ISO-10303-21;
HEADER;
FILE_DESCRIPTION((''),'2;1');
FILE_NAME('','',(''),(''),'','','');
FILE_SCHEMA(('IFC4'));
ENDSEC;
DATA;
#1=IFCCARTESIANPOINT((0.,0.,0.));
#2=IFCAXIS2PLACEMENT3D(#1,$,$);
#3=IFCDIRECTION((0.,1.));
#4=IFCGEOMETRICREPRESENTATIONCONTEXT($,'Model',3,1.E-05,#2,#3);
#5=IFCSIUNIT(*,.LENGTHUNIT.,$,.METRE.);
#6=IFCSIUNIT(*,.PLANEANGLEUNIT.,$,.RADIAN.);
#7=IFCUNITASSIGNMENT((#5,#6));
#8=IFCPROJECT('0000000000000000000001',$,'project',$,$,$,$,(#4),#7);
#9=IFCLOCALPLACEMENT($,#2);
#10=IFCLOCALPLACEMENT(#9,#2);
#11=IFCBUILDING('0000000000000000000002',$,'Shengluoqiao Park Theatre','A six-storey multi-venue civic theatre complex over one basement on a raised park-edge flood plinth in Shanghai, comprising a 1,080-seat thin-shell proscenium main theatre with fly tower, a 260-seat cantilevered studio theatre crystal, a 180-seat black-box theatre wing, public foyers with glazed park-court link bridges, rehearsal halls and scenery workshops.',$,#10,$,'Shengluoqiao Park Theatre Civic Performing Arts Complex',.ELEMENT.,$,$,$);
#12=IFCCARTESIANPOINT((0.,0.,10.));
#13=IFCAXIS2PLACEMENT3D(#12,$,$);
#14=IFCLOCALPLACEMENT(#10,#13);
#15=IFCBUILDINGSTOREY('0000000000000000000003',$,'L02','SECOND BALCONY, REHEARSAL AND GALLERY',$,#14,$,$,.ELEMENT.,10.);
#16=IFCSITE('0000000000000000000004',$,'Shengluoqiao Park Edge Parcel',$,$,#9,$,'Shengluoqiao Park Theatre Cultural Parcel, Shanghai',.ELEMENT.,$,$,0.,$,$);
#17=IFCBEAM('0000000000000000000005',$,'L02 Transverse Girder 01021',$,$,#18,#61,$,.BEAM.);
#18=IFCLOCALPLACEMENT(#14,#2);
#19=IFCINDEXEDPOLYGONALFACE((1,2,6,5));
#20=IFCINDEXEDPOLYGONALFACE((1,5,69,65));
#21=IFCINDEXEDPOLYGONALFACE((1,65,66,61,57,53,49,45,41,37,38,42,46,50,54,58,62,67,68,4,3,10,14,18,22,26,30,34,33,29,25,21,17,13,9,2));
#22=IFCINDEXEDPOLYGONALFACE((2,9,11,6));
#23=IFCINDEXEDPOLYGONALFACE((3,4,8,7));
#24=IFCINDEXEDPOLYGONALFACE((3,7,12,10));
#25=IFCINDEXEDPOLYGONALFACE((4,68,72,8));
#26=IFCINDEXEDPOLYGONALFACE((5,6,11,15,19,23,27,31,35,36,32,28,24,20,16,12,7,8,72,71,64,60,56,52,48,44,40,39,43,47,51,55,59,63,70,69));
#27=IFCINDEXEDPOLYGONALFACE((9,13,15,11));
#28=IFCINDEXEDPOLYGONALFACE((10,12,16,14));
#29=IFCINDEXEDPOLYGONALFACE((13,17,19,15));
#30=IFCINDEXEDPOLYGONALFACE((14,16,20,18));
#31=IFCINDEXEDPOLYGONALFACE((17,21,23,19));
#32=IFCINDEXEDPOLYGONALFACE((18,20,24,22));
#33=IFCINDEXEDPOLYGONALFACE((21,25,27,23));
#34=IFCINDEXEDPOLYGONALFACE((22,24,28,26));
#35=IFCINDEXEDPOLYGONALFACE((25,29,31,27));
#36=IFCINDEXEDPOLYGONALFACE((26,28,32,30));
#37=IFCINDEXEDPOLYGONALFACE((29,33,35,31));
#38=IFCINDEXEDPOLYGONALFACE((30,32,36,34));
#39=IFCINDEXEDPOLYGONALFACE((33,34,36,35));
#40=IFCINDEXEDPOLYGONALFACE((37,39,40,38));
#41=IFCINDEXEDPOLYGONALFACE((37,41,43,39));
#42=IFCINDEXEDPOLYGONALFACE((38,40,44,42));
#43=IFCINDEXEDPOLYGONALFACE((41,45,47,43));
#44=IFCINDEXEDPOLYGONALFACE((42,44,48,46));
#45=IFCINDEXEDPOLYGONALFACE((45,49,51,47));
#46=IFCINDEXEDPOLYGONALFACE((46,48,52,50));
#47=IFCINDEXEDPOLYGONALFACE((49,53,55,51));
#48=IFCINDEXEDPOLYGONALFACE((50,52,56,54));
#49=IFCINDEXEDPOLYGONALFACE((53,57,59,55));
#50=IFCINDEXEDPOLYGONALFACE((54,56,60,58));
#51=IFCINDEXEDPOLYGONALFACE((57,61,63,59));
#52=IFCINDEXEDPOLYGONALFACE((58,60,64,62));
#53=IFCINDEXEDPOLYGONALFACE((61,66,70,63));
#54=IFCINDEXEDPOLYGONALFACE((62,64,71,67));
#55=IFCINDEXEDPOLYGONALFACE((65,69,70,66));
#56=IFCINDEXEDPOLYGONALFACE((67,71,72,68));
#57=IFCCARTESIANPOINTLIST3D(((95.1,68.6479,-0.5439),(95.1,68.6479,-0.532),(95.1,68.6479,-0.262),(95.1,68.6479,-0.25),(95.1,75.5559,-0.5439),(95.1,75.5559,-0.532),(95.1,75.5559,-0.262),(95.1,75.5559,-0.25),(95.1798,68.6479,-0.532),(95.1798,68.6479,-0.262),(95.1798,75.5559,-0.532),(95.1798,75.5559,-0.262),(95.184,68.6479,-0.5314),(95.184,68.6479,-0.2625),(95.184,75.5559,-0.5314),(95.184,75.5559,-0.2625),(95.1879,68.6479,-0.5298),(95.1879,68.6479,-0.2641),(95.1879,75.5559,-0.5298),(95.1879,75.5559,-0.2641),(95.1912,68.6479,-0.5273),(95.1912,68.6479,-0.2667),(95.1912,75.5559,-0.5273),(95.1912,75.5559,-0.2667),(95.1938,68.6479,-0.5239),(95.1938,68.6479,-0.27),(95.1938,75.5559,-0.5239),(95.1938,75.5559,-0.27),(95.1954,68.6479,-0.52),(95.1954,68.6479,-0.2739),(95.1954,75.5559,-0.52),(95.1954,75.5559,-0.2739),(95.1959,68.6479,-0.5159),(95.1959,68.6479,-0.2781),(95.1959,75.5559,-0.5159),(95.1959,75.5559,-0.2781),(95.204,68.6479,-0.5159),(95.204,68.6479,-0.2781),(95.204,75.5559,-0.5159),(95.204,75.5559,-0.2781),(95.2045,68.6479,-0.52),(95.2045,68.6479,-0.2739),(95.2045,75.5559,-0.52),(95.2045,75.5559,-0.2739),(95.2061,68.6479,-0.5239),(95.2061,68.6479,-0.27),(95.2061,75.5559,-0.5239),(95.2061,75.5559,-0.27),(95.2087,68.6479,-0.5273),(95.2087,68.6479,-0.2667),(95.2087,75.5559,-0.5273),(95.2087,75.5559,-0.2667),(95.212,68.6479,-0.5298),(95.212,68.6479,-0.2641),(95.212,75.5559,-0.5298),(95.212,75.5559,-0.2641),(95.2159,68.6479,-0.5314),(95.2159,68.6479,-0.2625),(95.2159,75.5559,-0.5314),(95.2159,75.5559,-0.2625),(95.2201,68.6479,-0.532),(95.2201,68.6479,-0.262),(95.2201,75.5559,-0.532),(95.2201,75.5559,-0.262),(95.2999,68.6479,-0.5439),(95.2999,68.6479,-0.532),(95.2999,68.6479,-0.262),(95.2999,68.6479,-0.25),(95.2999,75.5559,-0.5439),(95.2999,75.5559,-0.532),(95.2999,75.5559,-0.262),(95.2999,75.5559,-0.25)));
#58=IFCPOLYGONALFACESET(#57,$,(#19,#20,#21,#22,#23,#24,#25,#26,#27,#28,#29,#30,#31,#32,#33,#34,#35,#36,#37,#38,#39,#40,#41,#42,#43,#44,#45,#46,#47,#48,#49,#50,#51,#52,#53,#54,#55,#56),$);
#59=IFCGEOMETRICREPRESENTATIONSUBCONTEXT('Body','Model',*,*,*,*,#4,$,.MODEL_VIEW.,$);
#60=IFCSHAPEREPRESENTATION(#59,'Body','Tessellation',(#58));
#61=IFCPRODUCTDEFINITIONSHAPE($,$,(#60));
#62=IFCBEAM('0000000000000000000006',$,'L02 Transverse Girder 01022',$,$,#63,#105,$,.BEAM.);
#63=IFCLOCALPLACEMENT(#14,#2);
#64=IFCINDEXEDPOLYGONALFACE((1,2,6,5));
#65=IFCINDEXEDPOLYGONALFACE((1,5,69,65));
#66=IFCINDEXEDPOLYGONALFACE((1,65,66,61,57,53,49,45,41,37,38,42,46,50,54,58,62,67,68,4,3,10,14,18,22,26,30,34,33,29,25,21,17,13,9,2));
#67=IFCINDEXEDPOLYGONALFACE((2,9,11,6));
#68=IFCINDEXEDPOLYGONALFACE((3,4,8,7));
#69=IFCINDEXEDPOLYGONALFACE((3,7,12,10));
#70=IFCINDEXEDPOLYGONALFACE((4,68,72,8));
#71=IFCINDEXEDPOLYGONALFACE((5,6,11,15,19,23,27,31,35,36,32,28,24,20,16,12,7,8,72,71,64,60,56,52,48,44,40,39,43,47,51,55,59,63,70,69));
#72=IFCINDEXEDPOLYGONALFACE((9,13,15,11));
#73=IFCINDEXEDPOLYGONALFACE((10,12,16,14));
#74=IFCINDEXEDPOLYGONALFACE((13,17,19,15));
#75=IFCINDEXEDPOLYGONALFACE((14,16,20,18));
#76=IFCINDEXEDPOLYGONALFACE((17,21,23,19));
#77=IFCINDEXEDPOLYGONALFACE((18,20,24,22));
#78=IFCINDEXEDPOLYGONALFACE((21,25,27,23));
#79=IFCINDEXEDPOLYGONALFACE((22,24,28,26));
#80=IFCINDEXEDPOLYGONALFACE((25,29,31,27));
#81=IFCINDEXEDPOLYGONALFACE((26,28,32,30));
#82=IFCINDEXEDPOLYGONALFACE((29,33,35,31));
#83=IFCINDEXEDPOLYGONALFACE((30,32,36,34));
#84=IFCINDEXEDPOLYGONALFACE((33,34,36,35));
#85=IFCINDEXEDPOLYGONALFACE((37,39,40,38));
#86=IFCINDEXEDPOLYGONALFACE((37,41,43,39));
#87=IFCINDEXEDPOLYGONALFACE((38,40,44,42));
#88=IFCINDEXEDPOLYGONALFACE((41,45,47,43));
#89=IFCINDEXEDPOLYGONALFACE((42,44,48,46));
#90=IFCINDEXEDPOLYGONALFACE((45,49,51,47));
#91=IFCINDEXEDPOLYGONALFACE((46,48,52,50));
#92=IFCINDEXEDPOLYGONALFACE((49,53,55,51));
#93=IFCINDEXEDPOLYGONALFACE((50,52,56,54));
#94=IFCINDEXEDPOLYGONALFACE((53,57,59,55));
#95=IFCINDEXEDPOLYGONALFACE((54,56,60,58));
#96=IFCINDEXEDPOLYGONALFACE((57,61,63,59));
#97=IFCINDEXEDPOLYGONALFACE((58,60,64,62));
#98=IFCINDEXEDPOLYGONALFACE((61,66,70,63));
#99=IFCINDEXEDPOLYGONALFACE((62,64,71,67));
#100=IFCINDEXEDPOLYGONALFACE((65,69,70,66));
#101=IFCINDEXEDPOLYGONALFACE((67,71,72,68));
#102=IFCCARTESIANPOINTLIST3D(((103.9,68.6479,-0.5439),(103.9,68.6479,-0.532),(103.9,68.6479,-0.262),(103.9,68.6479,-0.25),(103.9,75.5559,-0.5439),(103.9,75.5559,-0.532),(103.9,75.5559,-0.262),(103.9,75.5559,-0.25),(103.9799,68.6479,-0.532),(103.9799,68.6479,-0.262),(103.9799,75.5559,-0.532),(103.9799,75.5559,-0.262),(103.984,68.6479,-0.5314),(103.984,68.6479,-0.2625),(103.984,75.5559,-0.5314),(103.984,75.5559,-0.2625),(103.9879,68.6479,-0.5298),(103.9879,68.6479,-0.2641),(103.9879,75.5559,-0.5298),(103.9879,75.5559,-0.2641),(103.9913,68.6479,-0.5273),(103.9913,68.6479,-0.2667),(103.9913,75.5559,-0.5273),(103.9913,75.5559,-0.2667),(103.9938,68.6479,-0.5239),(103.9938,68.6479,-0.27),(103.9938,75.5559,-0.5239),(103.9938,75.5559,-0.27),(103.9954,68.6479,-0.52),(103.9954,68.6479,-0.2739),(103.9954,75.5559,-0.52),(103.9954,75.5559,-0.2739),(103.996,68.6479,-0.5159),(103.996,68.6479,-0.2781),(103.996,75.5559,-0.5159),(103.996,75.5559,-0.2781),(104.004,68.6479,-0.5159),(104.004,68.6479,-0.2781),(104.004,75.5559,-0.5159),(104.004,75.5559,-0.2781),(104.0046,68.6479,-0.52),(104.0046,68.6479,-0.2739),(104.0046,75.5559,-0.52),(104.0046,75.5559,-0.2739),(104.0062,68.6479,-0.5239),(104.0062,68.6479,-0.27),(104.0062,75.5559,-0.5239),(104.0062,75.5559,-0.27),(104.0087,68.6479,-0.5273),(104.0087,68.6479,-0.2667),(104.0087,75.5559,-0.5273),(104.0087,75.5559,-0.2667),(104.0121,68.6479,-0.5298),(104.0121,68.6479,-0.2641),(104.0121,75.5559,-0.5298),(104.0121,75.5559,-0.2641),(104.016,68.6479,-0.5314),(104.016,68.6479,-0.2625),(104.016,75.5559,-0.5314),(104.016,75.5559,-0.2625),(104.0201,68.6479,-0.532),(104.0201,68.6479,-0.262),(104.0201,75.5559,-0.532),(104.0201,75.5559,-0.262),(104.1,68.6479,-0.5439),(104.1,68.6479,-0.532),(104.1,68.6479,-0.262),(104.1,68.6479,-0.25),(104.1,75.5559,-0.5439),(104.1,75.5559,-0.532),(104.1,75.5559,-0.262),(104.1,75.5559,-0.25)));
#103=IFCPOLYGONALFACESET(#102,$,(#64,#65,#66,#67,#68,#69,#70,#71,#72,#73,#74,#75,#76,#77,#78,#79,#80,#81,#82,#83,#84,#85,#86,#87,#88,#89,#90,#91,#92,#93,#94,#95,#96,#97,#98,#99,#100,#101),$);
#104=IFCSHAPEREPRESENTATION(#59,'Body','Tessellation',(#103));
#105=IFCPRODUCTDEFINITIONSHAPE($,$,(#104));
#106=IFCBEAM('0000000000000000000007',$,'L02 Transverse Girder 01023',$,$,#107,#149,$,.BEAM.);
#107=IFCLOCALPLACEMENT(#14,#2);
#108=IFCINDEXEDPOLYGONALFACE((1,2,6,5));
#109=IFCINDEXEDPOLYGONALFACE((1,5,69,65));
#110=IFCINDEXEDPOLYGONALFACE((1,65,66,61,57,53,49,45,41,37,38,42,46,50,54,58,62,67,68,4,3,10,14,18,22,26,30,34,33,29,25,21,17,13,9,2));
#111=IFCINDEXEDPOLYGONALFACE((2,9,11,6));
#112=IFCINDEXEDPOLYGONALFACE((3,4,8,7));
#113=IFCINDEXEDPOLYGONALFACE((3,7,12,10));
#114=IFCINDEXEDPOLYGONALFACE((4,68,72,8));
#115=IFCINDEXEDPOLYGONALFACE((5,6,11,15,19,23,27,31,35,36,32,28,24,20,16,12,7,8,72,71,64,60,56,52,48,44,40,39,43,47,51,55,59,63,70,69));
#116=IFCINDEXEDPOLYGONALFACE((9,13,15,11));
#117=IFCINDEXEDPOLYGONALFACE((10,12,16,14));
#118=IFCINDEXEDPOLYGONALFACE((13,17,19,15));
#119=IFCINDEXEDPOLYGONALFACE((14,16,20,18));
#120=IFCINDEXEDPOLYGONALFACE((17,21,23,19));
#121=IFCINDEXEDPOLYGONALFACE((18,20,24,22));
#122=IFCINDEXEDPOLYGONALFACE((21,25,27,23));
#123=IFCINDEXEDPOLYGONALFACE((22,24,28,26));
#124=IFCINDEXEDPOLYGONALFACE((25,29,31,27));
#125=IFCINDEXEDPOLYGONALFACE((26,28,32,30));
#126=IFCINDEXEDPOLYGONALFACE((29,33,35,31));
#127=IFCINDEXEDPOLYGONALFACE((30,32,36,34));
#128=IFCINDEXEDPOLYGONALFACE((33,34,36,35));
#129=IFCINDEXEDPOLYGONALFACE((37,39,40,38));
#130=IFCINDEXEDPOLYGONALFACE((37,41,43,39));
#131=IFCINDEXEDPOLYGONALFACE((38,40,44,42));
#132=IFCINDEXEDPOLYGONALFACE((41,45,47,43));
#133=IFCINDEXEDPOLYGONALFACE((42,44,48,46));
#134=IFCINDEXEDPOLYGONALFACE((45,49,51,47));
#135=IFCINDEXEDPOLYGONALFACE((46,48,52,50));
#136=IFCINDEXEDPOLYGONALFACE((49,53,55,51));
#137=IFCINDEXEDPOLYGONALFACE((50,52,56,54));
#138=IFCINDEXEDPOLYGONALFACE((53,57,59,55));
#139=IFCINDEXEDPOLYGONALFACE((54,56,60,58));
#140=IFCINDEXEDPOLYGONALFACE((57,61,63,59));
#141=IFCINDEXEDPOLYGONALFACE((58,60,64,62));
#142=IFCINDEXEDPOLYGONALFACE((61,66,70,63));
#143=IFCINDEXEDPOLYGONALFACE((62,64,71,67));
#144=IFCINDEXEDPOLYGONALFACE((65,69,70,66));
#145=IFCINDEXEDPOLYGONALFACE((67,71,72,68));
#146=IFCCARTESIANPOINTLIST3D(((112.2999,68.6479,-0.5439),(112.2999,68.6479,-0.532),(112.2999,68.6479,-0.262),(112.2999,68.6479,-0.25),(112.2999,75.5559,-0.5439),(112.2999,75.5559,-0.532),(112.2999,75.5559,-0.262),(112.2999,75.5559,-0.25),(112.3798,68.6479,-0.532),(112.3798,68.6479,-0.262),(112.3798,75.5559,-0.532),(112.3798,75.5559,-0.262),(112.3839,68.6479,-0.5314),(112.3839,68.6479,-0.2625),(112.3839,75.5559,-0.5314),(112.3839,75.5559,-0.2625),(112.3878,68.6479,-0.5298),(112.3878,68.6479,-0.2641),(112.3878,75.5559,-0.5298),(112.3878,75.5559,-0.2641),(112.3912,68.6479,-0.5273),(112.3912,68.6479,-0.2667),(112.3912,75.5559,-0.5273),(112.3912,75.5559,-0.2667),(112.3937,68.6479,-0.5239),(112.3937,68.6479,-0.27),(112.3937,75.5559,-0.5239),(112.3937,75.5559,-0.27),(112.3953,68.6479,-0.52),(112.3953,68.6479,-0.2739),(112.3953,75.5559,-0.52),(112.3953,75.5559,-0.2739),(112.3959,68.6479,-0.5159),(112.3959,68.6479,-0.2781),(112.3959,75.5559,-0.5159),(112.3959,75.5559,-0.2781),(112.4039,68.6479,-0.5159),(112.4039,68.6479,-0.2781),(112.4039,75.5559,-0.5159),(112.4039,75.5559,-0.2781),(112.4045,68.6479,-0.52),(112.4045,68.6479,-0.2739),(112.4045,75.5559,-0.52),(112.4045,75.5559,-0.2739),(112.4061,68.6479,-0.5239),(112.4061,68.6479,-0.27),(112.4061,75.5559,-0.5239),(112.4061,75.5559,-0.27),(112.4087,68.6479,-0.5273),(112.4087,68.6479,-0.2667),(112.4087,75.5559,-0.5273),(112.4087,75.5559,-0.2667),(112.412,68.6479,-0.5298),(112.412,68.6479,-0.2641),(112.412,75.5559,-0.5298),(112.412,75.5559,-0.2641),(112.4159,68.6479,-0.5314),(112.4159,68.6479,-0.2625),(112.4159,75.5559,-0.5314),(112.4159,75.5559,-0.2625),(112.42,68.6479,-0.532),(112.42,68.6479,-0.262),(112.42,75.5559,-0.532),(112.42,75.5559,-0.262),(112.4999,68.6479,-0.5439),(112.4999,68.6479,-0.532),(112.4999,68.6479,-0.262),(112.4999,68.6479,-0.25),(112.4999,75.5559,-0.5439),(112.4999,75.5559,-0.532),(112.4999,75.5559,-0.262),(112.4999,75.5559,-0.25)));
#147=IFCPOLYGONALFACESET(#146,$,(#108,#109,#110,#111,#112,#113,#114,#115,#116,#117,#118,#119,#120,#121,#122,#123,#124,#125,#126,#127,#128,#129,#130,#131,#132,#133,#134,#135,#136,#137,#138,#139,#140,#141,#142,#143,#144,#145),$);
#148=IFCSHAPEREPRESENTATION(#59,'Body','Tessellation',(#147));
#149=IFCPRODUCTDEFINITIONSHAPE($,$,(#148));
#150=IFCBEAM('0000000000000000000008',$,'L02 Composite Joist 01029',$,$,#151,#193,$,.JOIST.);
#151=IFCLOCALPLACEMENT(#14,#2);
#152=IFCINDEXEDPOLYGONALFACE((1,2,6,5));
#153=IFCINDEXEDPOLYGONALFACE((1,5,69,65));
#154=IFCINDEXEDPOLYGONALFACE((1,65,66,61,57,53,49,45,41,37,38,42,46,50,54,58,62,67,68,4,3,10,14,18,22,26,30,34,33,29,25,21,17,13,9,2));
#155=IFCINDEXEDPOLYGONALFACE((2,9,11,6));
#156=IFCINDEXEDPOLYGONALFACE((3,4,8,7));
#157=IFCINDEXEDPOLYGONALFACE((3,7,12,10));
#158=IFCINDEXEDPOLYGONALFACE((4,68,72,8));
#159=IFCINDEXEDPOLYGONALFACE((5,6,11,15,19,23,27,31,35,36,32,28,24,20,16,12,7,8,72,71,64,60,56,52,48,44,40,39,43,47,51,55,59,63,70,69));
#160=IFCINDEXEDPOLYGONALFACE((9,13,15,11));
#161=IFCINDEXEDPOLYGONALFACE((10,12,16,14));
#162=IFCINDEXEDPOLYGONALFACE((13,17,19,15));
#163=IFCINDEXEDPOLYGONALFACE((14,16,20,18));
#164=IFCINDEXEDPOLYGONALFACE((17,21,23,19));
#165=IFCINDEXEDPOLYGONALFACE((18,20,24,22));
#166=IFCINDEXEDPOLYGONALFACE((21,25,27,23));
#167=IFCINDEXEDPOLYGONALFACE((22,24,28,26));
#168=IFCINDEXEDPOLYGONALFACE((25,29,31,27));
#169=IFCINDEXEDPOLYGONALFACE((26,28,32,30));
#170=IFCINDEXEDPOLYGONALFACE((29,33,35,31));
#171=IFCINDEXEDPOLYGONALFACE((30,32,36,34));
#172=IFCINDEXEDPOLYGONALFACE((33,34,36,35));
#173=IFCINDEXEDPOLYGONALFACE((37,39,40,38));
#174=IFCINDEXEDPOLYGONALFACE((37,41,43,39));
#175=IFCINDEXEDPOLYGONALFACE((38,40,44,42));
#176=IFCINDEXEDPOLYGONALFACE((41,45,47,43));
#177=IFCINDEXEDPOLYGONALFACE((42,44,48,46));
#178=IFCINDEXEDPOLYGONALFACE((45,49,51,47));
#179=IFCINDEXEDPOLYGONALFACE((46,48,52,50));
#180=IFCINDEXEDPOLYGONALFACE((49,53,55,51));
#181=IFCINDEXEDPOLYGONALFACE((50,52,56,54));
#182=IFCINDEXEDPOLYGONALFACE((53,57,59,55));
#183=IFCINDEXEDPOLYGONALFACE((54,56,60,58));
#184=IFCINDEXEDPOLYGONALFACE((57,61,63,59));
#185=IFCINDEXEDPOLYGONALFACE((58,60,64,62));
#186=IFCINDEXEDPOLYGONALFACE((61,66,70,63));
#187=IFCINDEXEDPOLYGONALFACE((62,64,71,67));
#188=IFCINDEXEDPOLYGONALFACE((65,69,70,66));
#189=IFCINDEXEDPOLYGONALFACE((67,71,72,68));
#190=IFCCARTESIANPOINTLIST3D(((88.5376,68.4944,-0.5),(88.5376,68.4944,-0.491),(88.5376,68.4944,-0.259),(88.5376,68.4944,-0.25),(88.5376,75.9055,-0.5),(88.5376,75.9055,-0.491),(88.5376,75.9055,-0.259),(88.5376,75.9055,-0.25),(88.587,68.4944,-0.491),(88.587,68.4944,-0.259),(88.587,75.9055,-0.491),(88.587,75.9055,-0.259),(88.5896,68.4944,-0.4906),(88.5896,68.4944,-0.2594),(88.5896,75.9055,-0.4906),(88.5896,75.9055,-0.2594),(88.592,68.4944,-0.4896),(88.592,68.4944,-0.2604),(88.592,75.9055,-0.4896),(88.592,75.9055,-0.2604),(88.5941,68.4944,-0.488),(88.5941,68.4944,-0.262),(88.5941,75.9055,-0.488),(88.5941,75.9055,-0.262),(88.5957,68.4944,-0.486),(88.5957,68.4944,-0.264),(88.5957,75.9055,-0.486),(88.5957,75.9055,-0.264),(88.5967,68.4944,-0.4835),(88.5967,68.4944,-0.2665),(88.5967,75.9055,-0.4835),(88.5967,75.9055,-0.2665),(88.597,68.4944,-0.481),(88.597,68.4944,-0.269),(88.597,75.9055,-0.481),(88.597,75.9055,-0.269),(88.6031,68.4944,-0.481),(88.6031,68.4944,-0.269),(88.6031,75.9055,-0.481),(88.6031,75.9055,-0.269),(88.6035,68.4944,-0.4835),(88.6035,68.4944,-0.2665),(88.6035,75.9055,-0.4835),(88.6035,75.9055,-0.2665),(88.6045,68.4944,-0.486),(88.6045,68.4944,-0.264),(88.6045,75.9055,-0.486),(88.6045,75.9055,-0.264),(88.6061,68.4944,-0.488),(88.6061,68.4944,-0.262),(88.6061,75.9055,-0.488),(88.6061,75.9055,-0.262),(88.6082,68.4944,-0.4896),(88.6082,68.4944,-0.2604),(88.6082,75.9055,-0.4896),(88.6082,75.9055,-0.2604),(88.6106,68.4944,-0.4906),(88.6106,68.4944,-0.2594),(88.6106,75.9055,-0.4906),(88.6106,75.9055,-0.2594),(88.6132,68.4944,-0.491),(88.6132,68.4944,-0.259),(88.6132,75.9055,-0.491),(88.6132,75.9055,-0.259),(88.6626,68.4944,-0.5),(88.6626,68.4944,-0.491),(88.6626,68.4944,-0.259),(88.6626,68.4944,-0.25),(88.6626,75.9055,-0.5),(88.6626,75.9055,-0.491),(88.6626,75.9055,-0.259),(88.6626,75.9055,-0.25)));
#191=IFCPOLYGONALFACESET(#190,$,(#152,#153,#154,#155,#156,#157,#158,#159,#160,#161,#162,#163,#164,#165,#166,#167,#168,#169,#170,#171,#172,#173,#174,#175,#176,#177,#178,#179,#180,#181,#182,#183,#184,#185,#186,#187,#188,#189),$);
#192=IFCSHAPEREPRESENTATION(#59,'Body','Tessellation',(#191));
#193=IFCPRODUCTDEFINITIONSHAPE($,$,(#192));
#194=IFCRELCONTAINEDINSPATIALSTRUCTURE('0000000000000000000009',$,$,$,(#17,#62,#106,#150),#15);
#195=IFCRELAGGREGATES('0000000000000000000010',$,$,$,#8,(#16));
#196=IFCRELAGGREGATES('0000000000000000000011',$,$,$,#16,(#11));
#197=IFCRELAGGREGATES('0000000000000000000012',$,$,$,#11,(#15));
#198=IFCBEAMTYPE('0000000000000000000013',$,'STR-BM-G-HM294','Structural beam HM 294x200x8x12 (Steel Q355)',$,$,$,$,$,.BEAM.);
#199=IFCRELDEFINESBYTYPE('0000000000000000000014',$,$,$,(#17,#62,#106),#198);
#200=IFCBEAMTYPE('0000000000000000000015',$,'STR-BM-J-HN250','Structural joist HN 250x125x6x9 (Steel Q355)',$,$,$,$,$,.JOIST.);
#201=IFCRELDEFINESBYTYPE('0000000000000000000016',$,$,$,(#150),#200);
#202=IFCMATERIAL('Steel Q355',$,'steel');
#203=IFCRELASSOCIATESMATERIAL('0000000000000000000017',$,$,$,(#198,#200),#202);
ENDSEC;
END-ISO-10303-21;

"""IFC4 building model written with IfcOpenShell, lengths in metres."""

from ifc_helpers import new_model, si_unit, direction, frame, origin, origin_2d, place, context, subcontext, project, spatial, i_section, extrude, material, material_profile, profile_set, type_object, element, save


model = new_model("IFC4")

# Units and contexts
model_context = context("Model", 3, precision=1e-05, world=origin(), true_north=direction((0.0, 1.0)))
body_context = subcontext(model_context, "Body", "Model", "MODEL_VIEW")
ifc_project = project(units=[si_unit("LENGTHUNIT", "METRE"), si_unit("PLANEANGLEUNIT", "RADIAN")], contexts=[model_context])

# Site, building, storey
site_placement = place(None, origin())
site = spatial("IfcSite", under=ifc_project, at=site_placement, Name="Shengluoqiao Park Edge Parcel", LongName="Shengluoqiao Park Theatre Cultural Parcel, Shanghai", CompositionType="ELEMENT", RefElevation=0.0)
building_placement = place(site_placement, origin())
building = spatial("IfcBuilding", under=site, at=building_placement, Name="Shengluoqiao Park Theatre", Description="A six-storey multi-venue civic theatre complex over one basement on a raised park-edge flood plinth in Shanghai, comprising a 1,080-seat thin-shell proscenium main theatre with fly tower, a 260-seat cantilevered studio theatre crystal, a 180-seat black-box theatre wing, public foyers with glazed park-court link bridges, rehearsal halls and scenery workshops.", LongName="Shengluoqiao Park Theatre Civic Performing Arts Complex", CompositionType="ELEMENT")
storey_placement = place(building_placement, frame((0.0, 0.0, 10.0)))
storey = spatial("IfcBuildingStorey", under=building, at=storey_placement, Name="L02", Description="SECOND BALCONY, REHEARSAL AND GALLERY", CompositionType="ELEMENT", Elevation=10.0)

# Beams
ifc_material_1 = material(Name="Steel Q355", Category="steel")
ifc_material_profile_1 = material_profile(ifc_material_1, i_section(OverallWidth=0.2, OverallDepth=0.2939, WebThickness=0.0081, FlangeThickness=0.012, FilletRadius=0.0161, at=origin_2d()), Name="HM 294x200x8x12")
ifc_profile_set_1 = profile_set([ifc_material_profile_1], Name="Steel Q355")
beam_type_1 = type_object("IfcBeamType", Name="STR-BM-G-HM294", Description="Structural beam HM 294x200x8x12 (Steel Q355)", PredefinedType="BEAM", material=ifc_profile_set_1)
for number, where, z_axis, x_axis, name in (
    (1, (95.2, 68.6479, -0.397), (0.0, 1.0, 0.0), (-1.0, 0.0, 0.0), "L02 Transverse Girder 01021"),
    (2, (104.0, 68.6479, -0.397), (0.0, 1.0, 0.0), (-1.0, 0.0, 0.0), "L02 Transverse Girder 01022"),
    (3, (112.3999, 68.6479, -0.397), (0.0, 1.0, 0.0), (-1.0, 0.0, 0.0), "L02 Transverse Girder 01023"),
):
    element("IfcBeam", number, at=place(storey_placement, frame(where, z_axis=z_axis, x_axis=x_axis)), inside=storey, type_object=beam_type_1, Name=name, PredefinedType="BEAM", context=body_context, shape_type="SweptSolid", body=[
        extrude(i_section(OverallWidth=0.2, OverallDepth=0.2939, WebThickness=0.0081, FlangeThickness=0.012, FilletRadius=0.0161, at=origin_2d()), origin(), (0.0, 0.0, 1.0), 6.908),
    ])
ifc_material_profile_2 = material_profile(ifc_material_1, i_section(OverallWidth=0.125, OverallDepth=0.25, WebThickness=0.0061, FlangeThickness=0.009, FilletRadius=0.01, at=origin_2d()), Name="HN 250x125x6x9")
ifc_profile_set_2 = profile_set([ifc_material_profile_2], Name="Steel Q355")
beam_type_2 = type_object("IfcBeamType", Name="STR-BM-J-HN250", Description="Structural joist HN 250x125x6x9 (Steel Q355)", PredefinedType="JOIST", material=ifc_profile_set_2)
for number, where, z_axis, x_axis, name in (
    (4, (88.6001, 68.4944, -0.375), (0.0, 1.0, 0.0), (-1.0, 0.0, 0.0), "L02 Composite Joist 01029"),
):
    element("IfcBeam", number, at=place(storey_placement, frame(where, z_axis=z_axis, x_axis=x_axis)), inside=storey, type_object=beam_type_2, Name=name, PredefinedType="JOIST", context=body_context, shape_type="SweptSolid", body=[
        extrude(i_section(OverallWidth=0.125, OverallDepth=0.25, WebThickness=0.0061, FlangeThickness=0.009, FilletRadius=0.01, at=origin_2d()), origin(), (0.0, 0.0, 1.0), 7.4111),
    ])

save(model, "model.ifc")
